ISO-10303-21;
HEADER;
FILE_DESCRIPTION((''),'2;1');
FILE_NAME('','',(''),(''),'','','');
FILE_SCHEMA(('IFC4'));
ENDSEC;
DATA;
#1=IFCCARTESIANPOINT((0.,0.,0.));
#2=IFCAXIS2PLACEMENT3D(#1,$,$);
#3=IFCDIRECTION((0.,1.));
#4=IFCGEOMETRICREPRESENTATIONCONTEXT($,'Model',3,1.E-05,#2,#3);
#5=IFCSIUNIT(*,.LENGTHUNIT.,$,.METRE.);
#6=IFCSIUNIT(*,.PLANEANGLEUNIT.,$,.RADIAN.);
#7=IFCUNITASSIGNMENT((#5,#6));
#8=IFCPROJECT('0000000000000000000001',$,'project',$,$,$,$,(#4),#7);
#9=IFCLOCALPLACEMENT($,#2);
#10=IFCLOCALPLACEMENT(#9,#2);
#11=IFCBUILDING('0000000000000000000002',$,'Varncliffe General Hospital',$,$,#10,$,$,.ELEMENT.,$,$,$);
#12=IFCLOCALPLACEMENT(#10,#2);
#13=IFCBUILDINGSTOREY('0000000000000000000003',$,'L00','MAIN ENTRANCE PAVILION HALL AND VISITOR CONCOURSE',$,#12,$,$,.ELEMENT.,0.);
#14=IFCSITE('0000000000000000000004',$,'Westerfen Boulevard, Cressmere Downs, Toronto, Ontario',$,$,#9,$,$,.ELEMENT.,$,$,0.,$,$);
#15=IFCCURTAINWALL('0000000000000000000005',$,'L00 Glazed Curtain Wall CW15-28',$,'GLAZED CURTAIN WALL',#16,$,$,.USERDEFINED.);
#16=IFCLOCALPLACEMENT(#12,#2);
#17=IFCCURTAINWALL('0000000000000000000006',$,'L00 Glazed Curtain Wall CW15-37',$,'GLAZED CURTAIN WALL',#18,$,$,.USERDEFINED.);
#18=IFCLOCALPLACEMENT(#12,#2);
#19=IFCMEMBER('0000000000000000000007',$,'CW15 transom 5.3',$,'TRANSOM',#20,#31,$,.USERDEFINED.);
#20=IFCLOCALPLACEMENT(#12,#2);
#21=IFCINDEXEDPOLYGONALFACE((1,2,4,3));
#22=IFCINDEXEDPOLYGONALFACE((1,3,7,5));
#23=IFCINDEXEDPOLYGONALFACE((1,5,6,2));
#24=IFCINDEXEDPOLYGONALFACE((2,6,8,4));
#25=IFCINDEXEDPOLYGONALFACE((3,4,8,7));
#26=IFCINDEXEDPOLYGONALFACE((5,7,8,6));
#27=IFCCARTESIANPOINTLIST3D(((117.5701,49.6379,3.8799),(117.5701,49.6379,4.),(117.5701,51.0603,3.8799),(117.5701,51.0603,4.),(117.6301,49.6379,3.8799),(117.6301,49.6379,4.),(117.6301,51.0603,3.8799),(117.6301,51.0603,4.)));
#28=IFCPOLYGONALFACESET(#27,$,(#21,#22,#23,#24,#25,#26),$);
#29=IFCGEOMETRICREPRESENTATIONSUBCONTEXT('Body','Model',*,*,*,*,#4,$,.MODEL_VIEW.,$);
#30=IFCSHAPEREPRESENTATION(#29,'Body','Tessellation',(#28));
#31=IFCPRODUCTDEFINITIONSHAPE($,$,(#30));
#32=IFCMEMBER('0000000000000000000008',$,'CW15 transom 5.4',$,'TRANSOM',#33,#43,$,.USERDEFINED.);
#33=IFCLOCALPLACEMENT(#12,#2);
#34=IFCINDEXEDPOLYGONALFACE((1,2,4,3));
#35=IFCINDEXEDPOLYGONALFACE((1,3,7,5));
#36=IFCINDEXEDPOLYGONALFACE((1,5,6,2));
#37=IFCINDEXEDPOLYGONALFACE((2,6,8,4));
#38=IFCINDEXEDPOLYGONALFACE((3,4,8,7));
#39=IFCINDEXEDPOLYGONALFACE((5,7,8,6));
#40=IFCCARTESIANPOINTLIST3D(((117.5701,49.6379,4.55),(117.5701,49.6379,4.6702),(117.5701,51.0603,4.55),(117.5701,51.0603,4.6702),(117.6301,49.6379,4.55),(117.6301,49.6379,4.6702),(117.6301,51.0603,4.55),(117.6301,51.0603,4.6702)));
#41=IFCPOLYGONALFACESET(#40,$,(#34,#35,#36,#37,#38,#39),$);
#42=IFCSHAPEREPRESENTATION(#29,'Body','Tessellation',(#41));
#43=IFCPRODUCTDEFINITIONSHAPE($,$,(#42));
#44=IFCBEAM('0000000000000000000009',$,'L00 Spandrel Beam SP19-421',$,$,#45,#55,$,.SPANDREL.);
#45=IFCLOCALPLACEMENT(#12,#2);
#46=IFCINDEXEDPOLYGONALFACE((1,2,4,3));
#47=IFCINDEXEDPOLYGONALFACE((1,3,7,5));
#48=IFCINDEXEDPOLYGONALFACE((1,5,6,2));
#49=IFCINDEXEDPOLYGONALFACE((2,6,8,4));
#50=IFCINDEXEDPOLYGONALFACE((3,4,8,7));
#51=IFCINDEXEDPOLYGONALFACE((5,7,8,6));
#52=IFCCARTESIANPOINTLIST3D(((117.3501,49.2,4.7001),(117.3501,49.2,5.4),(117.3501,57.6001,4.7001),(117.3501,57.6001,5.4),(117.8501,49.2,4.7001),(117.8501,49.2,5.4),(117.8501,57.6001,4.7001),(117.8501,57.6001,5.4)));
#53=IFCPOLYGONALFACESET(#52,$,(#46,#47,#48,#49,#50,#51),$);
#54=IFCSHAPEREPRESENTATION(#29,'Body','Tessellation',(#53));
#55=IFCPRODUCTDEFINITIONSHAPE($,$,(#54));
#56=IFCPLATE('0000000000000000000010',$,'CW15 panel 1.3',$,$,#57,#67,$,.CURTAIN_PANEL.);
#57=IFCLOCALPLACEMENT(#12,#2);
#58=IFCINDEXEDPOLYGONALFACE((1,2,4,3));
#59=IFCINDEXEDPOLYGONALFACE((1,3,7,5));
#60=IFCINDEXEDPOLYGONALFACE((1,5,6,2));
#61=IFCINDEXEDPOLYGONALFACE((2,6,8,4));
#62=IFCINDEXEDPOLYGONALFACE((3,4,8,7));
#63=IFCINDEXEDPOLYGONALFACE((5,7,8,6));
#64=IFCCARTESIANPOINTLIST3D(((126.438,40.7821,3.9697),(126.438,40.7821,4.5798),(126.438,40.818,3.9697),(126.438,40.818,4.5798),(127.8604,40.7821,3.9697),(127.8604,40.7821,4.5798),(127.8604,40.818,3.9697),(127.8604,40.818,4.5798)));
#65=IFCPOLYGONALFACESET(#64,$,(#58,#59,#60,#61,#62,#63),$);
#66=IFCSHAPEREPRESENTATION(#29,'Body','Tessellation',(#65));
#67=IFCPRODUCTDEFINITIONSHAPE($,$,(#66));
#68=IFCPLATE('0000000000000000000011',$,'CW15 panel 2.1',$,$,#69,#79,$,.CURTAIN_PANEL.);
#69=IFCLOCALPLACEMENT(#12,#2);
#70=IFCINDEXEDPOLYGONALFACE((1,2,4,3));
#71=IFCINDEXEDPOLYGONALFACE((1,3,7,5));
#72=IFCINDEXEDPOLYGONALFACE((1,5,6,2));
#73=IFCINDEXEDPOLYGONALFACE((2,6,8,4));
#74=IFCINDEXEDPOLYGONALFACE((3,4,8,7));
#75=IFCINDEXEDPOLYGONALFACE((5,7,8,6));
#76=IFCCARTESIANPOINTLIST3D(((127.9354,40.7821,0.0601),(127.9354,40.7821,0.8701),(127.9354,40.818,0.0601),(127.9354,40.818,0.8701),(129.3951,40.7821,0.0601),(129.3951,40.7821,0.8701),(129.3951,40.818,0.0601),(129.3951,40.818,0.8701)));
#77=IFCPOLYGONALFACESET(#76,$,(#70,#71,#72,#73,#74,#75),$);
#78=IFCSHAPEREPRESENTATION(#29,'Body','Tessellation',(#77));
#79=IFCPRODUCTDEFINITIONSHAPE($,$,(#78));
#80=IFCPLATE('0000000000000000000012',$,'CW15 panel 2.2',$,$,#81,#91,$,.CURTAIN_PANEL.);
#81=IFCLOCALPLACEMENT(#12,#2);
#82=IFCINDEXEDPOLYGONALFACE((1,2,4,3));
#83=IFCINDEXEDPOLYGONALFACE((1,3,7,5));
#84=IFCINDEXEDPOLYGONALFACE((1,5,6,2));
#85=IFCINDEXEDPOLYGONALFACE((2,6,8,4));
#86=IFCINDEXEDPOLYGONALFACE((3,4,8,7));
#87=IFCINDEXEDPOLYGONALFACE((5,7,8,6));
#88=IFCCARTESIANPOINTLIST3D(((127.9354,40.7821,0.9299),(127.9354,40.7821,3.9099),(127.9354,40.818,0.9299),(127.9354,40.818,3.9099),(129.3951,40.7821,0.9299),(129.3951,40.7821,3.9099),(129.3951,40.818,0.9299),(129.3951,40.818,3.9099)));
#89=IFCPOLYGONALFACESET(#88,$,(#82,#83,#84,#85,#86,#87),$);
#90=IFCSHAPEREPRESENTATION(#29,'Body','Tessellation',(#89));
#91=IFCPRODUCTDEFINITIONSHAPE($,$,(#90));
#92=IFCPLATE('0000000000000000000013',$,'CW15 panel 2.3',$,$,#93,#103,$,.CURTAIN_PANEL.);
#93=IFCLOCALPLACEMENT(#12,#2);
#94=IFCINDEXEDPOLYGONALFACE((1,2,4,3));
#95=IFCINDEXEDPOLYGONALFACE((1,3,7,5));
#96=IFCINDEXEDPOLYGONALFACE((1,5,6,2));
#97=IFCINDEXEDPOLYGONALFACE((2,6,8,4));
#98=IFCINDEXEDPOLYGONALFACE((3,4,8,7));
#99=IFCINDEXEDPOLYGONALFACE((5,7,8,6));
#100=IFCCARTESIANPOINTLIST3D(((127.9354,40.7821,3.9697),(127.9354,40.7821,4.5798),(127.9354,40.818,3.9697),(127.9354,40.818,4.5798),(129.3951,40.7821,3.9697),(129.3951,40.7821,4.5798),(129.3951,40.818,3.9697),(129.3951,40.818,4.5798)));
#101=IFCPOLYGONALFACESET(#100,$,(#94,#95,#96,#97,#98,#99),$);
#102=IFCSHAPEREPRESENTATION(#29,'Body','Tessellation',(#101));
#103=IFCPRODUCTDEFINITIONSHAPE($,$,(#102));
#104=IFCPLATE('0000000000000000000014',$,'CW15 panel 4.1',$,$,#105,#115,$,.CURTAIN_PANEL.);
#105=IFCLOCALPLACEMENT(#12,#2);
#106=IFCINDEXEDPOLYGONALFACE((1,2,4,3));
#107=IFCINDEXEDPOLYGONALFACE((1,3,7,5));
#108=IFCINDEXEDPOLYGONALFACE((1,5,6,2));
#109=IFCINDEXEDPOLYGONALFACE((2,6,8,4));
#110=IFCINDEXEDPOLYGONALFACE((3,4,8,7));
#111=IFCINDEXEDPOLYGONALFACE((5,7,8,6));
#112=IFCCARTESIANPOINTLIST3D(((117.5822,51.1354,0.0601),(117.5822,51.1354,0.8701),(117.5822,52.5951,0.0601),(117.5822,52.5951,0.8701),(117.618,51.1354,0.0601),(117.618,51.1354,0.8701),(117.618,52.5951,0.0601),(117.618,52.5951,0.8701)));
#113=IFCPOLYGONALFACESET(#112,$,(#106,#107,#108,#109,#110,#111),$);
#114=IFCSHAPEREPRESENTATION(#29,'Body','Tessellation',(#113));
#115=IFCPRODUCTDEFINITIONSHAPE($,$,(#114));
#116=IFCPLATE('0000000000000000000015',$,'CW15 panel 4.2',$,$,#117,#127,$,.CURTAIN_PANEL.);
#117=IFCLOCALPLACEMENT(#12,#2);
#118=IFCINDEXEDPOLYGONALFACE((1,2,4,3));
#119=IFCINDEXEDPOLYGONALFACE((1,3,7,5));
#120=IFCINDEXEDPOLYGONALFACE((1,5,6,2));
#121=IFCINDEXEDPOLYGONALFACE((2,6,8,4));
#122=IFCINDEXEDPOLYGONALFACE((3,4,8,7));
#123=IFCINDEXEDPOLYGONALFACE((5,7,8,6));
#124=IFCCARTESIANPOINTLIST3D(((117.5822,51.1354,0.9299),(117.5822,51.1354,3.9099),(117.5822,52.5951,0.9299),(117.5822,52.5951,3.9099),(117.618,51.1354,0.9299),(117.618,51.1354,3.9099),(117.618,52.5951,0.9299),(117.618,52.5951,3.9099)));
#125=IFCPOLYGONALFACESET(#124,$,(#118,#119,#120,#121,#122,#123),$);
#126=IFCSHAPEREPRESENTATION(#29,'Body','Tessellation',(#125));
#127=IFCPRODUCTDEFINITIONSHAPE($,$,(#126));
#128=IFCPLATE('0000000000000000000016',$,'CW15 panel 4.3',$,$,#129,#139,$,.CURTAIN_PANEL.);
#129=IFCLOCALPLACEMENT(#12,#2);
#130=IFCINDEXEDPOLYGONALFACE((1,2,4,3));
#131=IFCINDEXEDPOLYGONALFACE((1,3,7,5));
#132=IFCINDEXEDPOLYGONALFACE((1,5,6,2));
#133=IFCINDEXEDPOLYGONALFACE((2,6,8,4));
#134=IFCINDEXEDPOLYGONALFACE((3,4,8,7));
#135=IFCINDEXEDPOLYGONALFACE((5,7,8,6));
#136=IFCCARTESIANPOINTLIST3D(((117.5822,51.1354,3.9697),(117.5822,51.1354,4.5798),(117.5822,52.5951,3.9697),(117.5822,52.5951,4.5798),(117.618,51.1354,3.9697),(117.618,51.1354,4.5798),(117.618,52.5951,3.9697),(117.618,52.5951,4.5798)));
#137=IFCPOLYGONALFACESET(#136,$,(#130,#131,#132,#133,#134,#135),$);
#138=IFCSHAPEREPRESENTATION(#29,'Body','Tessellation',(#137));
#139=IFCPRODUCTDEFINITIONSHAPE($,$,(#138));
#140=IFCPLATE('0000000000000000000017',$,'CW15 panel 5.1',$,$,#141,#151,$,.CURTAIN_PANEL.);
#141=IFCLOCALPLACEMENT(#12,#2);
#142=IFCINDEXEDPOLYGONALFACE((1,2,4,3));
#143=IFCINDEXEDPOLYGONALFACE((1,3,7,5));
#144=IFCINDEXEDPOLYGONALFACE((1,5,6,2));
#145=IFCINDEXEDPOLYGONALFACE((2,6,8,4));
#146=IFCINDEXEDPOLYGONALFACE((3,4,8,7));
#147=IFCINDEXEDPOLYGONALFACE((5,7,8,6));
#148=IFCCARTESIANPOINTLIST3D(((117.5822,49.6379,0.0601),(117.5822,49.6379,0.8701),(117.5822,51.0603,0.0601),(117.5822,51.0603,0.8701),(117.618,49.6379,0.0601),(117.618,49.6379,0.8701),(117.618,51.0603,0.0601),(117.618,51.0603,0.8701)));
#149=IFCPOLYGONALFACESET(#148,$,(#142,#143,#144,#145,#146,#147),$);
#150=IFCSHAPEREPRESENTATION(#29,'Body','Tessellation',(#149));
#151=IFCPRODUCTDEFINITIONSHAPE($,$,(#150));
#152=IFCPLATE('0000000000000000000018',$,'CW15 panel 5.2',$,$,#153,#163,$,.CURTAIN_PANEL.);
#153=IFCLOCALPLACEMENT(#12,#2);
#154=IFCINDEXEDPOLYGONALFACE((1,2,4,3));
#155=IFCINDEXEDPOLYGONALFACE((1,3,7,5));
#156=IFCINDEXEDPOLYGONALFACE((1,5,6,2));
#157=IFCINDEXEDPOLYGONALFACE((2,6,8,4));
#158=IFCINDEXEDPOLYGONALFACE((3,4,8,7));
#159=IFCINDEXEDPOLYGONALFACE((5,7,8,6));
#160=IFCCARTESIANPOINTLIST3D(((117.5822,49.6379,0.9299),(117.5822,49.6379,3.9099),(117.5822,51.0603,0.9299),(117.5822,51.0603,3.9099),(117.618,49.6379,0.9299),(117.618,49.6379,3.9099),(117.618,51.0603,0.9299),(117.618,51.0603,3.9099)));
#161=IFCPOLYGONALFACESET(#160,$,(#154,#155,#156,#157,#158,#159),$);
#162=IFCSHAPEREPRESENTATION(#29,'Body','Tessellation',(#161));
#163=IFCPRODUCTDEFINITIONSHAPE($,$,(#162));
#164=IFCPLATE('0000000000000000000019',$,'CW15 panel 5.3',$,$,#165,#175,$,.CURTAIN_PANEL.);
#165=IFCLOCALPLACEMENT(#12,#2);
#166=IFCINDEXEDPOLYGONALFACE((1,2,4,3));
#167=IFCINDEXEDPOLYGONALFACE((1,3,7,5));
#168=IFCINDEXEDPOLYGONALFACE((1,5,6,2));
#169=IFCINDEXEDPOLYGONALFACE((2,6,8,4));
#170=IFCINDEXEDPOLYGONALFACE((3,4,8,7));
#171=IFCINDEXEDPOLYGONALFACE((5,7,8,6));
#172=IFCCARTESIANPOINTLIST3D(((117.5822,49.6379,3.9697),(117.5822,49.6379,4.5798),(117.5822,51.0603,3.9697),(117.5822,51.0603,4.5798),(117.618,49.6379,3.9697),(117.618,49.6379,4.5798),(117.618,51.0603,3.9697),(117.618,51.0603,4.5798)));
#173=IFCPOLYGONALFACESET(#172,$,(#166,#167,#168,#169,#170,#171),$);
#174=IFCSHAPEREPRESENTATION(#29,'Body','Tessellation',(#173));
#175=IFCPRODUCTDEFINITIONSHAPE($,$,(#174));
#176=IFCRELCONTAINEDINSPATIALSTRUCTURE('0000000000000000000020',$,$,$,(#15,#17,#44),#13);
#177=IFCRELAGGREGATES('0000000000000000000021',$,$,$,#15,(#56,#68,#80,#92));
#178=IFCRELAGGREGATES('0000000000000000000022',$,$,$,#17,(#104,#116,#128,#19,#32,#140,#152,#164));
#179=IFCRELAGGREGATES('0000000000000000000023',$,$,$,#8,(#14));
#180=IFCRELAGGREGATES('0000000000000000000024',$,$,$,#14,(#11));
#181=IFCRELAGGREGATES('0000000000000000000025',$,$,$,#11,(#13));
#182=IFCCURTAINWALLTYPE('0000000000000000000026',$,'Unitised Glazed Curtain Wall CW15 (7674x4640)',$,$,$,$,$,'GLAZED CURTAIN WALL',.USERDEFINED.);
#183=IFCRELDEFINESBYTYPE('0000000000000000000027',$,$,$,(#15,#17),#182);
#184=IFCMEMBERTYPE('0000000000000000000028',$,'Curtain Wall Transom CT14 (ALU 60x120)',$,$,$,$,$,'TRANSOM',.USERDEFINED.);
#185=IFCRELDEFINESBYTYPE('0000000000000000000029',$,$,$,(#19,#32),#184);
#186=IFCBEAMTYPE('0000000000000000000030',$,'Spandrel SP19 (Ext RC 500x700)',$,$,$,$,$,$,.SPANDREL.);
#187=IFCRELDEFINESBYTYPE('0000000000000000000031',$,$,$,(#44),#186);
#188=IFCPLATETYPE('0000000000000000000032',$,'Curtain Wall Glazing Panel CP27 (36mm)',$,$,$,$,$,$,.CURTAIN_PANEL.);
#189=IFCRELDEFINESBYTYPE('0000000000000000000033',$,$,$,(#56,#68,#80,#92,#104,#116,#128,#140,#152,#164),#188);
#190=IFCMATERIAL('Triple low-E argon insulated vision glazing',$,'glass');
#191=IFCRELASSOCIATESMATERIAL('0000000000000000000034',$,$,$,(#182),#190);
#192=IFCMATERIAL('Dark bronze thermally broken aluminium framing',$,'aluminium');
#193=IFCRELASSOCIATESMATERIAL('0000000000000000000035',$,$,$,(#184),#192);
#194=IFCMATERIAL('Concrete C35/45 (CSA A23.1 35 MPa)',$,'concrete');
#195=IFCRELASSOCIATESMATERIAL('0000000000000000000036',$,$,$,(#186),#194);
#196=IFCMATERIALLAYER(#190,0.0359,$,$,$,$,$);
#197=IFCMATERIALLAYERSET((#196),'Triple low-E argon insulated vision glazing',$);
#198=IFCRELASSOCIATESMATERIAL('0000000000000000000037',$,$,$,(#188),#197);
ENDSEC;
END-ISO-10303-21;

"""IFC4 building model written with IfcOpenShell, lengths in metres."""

from ifc_helpers import new_model, si_unit, direction, frame, origin, origin_2d, place, context, subcontext, project, spatial, rectangle, extrude, material, layer, layer_set, material_profile, profile_set, type_object, element, aggregate, save


model = new_model("IFC4")

# Units and contexts
model_context = context("Model", 3, precision=1e-05, world=origin(), true_north=direction((0.0, 1.0)))
body_context = subcontext(model_context, "Body", "Model", "MODEL_VIEW")
ifc_project = project(units=[si_unit("LENGTHUNIT", "METRE"), si_unit("PLANEANGLEUNIT", "RADIAN")], contexts=[model_context])

# Site, building, storey
site_placement = place(None, origin())
site = spatial("IfcSite", under=ifc_project, at=site_placement, Name="Westerfen Boulevard, Cressmere Downs, Toronto, Ontario", CompositionType="ELEMENT", RefElevation=0.0)
building_placement = place(site_placement, origin())
building = spatial("IfcBuilding", under=site, at=building_placement, Name="Varncliffe General Hospital", CompositionType="ELEMENT")
storey_placement = place(building_placement, origin())
storey = spatial("IfcBuildingStorey", under=building, at=storey_placement, Name="L00", Description="MAIN ENTRANCE PAVILION HALL AND VISITOR CONCOURSE", CompositionType="ELEMENT", Elevation=0.0)

# Curtain walls
ifc_material_1 = material(Name="Triple low-E argon insulated vision glazing", Category="glass")
curtain_wall_type = type_object("IfcCurtainWallType", Name="Unitised Glazed Curtain Wall CW15 (7674x4640)", ElementType="GLAZED CURTAIN WALL", PredefinedType="USERDEFINED", material=ifc_material_1)
curtain_wall_1_placement = place(storey_placement, origin())
curtain_wall_1 = element("IfcCurtainWall", 1, at=curtain_wall_1_placement, inside=storey, type_object=curtain_wall_type, Name="L00 Glazed Curtain Wall CW15-28", ObjectType="GLAZED CURTAIN WALL", PredefinedType="USERDEFINED")
ifc_material_2 = material(Name="Dark bronze thermally broken aluminium framing", Category="aluminium")
curtain_wall_2_placement = place(storey_placement, origin())
curtain_wall_2 = element("IfcCurtainWall", 2, at=curtain_wall_2_placement, inside=storey, type_object=curtain_wall_type, Name="L00 Glazed Curtain Wall CW15-37", ObjectType="GLAZED CURTAIN WALL", PredefinedType="USERDEFINED")

# Members
ifc_material_profile_1 = material_profile(ifc_material_2, rectangle(XDim=0.0601, YDim=0.1201, at=origin_2d()), Name="ALU 60x120")
ifc_profile_set_1 = profile_set([ifc_material_profile_1], Name="Dark bronze thermally broken aluminium framing")
member_type_1 = type_object("IfcMemberType", Name="Curtain Wall Transom CT14 (ALU 60x120)", ElementType="TRANSOM", PredefinedType="USERDEFINED", material=ifc_profile_set_1)
member_1_placement = place(storey_placement, frame((117.6001, 51.0603, 3.9399), z_axis=(0.0, -1.0, 0.0), x_axis=(1.0, 0.0, 0.0)))
member_1 = element("IfcMember", 3, at=member_1_placement, type_object=member_type_1, Name="CW15 transom 5.3", ObjectType="TRANSOM", PredefinedType="USERDEFINED", context=body_context, shape_type="SweptSolid", body=[
    extrude(rectangle(XDim=0.0601, YDim=0.1201, at=origin_2d()), origin(), (0.0, 0.0, 1.0), 1.4224),
])
member_2_placement = place(storey_placement, frame((117.6001, 51.0603, 4.6101), z_axis=(0.0, -1.0, 0.0), x_axis=(1.0, 0.0, 0.0)))
member_2 = element("IfcMember", 4, at=member_2_placement, type_object=member_type_1, Name="CW15 transom 5.4", ObjectType="TRANSOM", PredefinedType="USERDEFINED", context=body_context, shape_type="SweptSolid", body=[
    extrude(rectangle(XDim=0.0601, YDim=0.1201, at=origin_2d()), origin(), (0.0, 0.0, 1.0), 1.4224),
])

# Beam
ifc_material_3 = material(Name="Concrete C35/45 (CSA A23.1 35 MPa)", Category="concrete")
ifc_material_profile_2 = material_profile(ifc_material_3, rectangle(XDim=0.5, YDim=0.7, at=origin_2d()), Name="RC 500x700")
ifc_profile_set_2 = profile_set([ifc_material_profile_2], Name="Concrete C35/45 (CSA A23.1 35 MPa)")
beam_type = type_object("IfcBeamType", Name="Spandrel SP19 (Ext RC 500x700)", PredefinedType="SPANDREL", material=ifc_profile_set_2)
beam_placement = place(storey_placement, frame((117.6001, 49.2, 5.05), z_axis=(0.0, 1.0, 0.0), x_axis=(-1.0, 0.0, 0.0)))
element("IfcBeam", 5, at=beam_placement, inside=storey, type_object=beam_type, Name="L00 Spandrel Beam SP19-421", PredefinedType="SPANDREL", context=body_context, shape_type="SweptSolid", body=[
    extrude(rectangle(XDim=0.5, YDim=0.7, at=origin_2d()), origin(), (0.0, 0.0, 1.0), 8.4001),
])

# Plates
ifc_layer = layer(ifc_material_1, 0.0359)
ifc_layer_set = layer_set([ifc_layer], Name="Triple low-E argon insulated vision glazing")
plate_type = type_object("IfcPlateType", Name="Curtain Wall Glazing Panel CP27 (36mm)", PredefinedType="CURTAIN_PANEL", material=ifc_layer_set)
plate_1_placement = place(storey_placement, frame((127.1492, 40.8, 3.9697), z_axis=(0.0, 0.0, 1.0), x_axis=(1.0, 0.0, 0.0)))
plate_1 = element("IfcPlate", 6, at=plate_1_placement, type_object=plate_type, Name="CW15 panel 1.3", PredefinedType="CURTAIN_PANEL", context=body_context, shape_type="SweptSolid", body=[
    extrude(rectangle(XDim=1.4224, YDim=0.0359, at=origin_2d()), origin(), (0.0, 0.0, 1.0), 0.6101),
])
plate_2_placement = place(storey_placement, frame((128.6653, 40.8, 0.0601), z_axis=(0.0, 0.0, 1.0), x_axis=(1.0, 0.0, 0.0)))
plate_2 = element("IfcPlate", 7, at=plate_2_placement, type_object=plate_type, Name="CW15 panel 2.1", PredefinedType="CURTAIN_PANEL", context=body_context, shape_type="SweptSolid", body=[
    extrude(rectangle(XDim=1.4597, YDim=0.0359, at=origin_2d()), origin(), (0.0, 0.0, 1.0), 0.8101),
])
plate_3_placement = place(storey_placement, frame((128.6653, 40.8, 0.9299), z_axis=(0.0, 0.0, 1.0), x_axis=(1.0, 0.0, 0.0)))
plate_3 = element("IfcPlate", 8, at=plate_3_placement, type_object=plate_type, Name="CW15 panel 2.2", PredefinedType="CURTAIN_PANEL", context=body_context, shape_type="SweptSolid", body=[
    extrude(rectangle(XDim=1.4597, YDim=0.0359, at=origin_2d()), origin(), (0.0, 0.0, 1.0), 2.98),
])
plate_4_placement = place(storey_placement, frame((128.6653, 40.8, 3.9697), z_axis=(0.0, 0.0, 1.0), x_axis=(1.0, 0.0, 0.0)))
plate_4 = element("IfcPlate", 9, at=plate_4_placement, type_object=plate_type, Name="CW15 panel 2.3", PredefinedType="CURTAIN_PANEL", context=body_context, shape_type="SweptSolid", body=[
    extrude(rectangle(XDim=1.4597, YDim=0.0359, at=origin_2d()), origin(), (0.0, 0.0, 1.0), 0.6101),
])
aggregate(curtain_wall_1, [plate_1, plate_2, plate_3, plate_4])
plate_5_placement = place(storey_placement, frame((117.6001, 51.8652, 0.0601), z_axis=(0.0, 0.0, 1.0), x_axis=(0.0, -1.0, 0.0)))
plate_5 = element("IfcPlate", 10, at=plate_5_placement, type_object=plate_type, Name="CW15 panel 4.1", PredefinedType="CURTAIN_PANEL", context=body_context, shape_type="SweptSolid", body=[
    extrude(rectangle(XDim=1.4597, YDim=0.0359, at=origin_2d()), origin(), (0.0, 0.0, 1.0), 0.8101),
])
plate_6_placement = place(storey_placement, frame((117.6001, 51.8652, 0.9299), z_axis=(0.0, 0.0, 1.0), x_axis=(0.0, -1.0, 0.0)))
plate_6 = element("IfcPlate", 11, at=plate_6_placement, type_object=plate_type, Name="CW15 panel 4.2", PredefinedType="CURTAIN_PANEL", context=body_context, shape_type="SweptSolid", body=[
    extrude(rectangle(XDim=1.4597, YDim=0.0359, at=origin_2d()), origin(), (0.0, 0.0, 1.0), 2.98),
])
plate_7_placement = place(storey_placement, frame((117.6001, 51.8652, 3.9697), z_axis=(0.0, 0.0, 1.0), x_axis=(0.0, -1.0, 0.0)))
plate_7 = element("IfcPlate", 12, at=plate_7_placement, type_object=plate_type, Name="CW15 panel 4.3", PredefinedType="CURTAIN_PANEL", context=body_context, shape_type="SweptSolid", body=[
    extrude(rectangle(XDim=1.4597, YDim=0.0359, at=origin_2d()), origin(), (0.0, 0.0, 1.0), 0.6101),
])
plate_8_placement = place(storey_placement, frame((117.6001, 50.3491, 0.0601), z_axis=(0.0, 0.0, 1.0), x_axis=(0.0, -1.0, 0.0)))
plate_8 = element("IfcPlate", 13, at=plate_8_placement, type_object=plate_type, Name="CW15 panel 5.1", PredefinedType="CURTAIN_PANEL", context=body_context, shape_type="SweptSolid", body=[
    extrude(rectangle(XDim=1.4224, YDim=0.0359, at=origin_2d()), origin(), (0.0, 0.0, 1.0), 0.8101),
])
plate_9_placement = place(storey_placement, frame((117.6001, 50.3491, 0.9299), z_axis=(0.0, 0.0, 1.0), x_axis=(0.0, -1.0, 0.0)))
plate_9 = element("IfcPlate", 14, at=plate_9_placement, type_object=plate_type, Name="CW15 panel 5.2", PredefinedType="CURTAIN_PANEL", context=body_context, shape_type="SweptSolid", body=[
    extrude(rectangle(XDim=1.4224, YDim=0.0359, at=origin_2d()), origin(), (0.0, 0.0, 1.0), 2.98),
])
plate_10_placement = place(storey_placement, frame((117.6001, 50.3491, 3.9697), z_axis=(0.0, 0.0, 1.0), x_axis=(0.0, -1.0, 0.0)))
plate_10 = element("IfcPlate", 15, at=plate_10_placement, type_object=plate_type, Name="CW15 panel 5.3", PredefinedType="CURTAIN_PANEL", context=body_context, shape_type="SweptSolid", body=[
    extrude(rectangle(XDim=1.4224, YDim=0.0359, at=origin_2d()), origin(), (0.0, 0.0, 1.0), 0.6101),
])
aggregate(curtain_wall_2, [plate_5, plate_6, plate_7, member_1, member_2, plate_8, plate_9, plate_10])

save(model, "model.ifc")
